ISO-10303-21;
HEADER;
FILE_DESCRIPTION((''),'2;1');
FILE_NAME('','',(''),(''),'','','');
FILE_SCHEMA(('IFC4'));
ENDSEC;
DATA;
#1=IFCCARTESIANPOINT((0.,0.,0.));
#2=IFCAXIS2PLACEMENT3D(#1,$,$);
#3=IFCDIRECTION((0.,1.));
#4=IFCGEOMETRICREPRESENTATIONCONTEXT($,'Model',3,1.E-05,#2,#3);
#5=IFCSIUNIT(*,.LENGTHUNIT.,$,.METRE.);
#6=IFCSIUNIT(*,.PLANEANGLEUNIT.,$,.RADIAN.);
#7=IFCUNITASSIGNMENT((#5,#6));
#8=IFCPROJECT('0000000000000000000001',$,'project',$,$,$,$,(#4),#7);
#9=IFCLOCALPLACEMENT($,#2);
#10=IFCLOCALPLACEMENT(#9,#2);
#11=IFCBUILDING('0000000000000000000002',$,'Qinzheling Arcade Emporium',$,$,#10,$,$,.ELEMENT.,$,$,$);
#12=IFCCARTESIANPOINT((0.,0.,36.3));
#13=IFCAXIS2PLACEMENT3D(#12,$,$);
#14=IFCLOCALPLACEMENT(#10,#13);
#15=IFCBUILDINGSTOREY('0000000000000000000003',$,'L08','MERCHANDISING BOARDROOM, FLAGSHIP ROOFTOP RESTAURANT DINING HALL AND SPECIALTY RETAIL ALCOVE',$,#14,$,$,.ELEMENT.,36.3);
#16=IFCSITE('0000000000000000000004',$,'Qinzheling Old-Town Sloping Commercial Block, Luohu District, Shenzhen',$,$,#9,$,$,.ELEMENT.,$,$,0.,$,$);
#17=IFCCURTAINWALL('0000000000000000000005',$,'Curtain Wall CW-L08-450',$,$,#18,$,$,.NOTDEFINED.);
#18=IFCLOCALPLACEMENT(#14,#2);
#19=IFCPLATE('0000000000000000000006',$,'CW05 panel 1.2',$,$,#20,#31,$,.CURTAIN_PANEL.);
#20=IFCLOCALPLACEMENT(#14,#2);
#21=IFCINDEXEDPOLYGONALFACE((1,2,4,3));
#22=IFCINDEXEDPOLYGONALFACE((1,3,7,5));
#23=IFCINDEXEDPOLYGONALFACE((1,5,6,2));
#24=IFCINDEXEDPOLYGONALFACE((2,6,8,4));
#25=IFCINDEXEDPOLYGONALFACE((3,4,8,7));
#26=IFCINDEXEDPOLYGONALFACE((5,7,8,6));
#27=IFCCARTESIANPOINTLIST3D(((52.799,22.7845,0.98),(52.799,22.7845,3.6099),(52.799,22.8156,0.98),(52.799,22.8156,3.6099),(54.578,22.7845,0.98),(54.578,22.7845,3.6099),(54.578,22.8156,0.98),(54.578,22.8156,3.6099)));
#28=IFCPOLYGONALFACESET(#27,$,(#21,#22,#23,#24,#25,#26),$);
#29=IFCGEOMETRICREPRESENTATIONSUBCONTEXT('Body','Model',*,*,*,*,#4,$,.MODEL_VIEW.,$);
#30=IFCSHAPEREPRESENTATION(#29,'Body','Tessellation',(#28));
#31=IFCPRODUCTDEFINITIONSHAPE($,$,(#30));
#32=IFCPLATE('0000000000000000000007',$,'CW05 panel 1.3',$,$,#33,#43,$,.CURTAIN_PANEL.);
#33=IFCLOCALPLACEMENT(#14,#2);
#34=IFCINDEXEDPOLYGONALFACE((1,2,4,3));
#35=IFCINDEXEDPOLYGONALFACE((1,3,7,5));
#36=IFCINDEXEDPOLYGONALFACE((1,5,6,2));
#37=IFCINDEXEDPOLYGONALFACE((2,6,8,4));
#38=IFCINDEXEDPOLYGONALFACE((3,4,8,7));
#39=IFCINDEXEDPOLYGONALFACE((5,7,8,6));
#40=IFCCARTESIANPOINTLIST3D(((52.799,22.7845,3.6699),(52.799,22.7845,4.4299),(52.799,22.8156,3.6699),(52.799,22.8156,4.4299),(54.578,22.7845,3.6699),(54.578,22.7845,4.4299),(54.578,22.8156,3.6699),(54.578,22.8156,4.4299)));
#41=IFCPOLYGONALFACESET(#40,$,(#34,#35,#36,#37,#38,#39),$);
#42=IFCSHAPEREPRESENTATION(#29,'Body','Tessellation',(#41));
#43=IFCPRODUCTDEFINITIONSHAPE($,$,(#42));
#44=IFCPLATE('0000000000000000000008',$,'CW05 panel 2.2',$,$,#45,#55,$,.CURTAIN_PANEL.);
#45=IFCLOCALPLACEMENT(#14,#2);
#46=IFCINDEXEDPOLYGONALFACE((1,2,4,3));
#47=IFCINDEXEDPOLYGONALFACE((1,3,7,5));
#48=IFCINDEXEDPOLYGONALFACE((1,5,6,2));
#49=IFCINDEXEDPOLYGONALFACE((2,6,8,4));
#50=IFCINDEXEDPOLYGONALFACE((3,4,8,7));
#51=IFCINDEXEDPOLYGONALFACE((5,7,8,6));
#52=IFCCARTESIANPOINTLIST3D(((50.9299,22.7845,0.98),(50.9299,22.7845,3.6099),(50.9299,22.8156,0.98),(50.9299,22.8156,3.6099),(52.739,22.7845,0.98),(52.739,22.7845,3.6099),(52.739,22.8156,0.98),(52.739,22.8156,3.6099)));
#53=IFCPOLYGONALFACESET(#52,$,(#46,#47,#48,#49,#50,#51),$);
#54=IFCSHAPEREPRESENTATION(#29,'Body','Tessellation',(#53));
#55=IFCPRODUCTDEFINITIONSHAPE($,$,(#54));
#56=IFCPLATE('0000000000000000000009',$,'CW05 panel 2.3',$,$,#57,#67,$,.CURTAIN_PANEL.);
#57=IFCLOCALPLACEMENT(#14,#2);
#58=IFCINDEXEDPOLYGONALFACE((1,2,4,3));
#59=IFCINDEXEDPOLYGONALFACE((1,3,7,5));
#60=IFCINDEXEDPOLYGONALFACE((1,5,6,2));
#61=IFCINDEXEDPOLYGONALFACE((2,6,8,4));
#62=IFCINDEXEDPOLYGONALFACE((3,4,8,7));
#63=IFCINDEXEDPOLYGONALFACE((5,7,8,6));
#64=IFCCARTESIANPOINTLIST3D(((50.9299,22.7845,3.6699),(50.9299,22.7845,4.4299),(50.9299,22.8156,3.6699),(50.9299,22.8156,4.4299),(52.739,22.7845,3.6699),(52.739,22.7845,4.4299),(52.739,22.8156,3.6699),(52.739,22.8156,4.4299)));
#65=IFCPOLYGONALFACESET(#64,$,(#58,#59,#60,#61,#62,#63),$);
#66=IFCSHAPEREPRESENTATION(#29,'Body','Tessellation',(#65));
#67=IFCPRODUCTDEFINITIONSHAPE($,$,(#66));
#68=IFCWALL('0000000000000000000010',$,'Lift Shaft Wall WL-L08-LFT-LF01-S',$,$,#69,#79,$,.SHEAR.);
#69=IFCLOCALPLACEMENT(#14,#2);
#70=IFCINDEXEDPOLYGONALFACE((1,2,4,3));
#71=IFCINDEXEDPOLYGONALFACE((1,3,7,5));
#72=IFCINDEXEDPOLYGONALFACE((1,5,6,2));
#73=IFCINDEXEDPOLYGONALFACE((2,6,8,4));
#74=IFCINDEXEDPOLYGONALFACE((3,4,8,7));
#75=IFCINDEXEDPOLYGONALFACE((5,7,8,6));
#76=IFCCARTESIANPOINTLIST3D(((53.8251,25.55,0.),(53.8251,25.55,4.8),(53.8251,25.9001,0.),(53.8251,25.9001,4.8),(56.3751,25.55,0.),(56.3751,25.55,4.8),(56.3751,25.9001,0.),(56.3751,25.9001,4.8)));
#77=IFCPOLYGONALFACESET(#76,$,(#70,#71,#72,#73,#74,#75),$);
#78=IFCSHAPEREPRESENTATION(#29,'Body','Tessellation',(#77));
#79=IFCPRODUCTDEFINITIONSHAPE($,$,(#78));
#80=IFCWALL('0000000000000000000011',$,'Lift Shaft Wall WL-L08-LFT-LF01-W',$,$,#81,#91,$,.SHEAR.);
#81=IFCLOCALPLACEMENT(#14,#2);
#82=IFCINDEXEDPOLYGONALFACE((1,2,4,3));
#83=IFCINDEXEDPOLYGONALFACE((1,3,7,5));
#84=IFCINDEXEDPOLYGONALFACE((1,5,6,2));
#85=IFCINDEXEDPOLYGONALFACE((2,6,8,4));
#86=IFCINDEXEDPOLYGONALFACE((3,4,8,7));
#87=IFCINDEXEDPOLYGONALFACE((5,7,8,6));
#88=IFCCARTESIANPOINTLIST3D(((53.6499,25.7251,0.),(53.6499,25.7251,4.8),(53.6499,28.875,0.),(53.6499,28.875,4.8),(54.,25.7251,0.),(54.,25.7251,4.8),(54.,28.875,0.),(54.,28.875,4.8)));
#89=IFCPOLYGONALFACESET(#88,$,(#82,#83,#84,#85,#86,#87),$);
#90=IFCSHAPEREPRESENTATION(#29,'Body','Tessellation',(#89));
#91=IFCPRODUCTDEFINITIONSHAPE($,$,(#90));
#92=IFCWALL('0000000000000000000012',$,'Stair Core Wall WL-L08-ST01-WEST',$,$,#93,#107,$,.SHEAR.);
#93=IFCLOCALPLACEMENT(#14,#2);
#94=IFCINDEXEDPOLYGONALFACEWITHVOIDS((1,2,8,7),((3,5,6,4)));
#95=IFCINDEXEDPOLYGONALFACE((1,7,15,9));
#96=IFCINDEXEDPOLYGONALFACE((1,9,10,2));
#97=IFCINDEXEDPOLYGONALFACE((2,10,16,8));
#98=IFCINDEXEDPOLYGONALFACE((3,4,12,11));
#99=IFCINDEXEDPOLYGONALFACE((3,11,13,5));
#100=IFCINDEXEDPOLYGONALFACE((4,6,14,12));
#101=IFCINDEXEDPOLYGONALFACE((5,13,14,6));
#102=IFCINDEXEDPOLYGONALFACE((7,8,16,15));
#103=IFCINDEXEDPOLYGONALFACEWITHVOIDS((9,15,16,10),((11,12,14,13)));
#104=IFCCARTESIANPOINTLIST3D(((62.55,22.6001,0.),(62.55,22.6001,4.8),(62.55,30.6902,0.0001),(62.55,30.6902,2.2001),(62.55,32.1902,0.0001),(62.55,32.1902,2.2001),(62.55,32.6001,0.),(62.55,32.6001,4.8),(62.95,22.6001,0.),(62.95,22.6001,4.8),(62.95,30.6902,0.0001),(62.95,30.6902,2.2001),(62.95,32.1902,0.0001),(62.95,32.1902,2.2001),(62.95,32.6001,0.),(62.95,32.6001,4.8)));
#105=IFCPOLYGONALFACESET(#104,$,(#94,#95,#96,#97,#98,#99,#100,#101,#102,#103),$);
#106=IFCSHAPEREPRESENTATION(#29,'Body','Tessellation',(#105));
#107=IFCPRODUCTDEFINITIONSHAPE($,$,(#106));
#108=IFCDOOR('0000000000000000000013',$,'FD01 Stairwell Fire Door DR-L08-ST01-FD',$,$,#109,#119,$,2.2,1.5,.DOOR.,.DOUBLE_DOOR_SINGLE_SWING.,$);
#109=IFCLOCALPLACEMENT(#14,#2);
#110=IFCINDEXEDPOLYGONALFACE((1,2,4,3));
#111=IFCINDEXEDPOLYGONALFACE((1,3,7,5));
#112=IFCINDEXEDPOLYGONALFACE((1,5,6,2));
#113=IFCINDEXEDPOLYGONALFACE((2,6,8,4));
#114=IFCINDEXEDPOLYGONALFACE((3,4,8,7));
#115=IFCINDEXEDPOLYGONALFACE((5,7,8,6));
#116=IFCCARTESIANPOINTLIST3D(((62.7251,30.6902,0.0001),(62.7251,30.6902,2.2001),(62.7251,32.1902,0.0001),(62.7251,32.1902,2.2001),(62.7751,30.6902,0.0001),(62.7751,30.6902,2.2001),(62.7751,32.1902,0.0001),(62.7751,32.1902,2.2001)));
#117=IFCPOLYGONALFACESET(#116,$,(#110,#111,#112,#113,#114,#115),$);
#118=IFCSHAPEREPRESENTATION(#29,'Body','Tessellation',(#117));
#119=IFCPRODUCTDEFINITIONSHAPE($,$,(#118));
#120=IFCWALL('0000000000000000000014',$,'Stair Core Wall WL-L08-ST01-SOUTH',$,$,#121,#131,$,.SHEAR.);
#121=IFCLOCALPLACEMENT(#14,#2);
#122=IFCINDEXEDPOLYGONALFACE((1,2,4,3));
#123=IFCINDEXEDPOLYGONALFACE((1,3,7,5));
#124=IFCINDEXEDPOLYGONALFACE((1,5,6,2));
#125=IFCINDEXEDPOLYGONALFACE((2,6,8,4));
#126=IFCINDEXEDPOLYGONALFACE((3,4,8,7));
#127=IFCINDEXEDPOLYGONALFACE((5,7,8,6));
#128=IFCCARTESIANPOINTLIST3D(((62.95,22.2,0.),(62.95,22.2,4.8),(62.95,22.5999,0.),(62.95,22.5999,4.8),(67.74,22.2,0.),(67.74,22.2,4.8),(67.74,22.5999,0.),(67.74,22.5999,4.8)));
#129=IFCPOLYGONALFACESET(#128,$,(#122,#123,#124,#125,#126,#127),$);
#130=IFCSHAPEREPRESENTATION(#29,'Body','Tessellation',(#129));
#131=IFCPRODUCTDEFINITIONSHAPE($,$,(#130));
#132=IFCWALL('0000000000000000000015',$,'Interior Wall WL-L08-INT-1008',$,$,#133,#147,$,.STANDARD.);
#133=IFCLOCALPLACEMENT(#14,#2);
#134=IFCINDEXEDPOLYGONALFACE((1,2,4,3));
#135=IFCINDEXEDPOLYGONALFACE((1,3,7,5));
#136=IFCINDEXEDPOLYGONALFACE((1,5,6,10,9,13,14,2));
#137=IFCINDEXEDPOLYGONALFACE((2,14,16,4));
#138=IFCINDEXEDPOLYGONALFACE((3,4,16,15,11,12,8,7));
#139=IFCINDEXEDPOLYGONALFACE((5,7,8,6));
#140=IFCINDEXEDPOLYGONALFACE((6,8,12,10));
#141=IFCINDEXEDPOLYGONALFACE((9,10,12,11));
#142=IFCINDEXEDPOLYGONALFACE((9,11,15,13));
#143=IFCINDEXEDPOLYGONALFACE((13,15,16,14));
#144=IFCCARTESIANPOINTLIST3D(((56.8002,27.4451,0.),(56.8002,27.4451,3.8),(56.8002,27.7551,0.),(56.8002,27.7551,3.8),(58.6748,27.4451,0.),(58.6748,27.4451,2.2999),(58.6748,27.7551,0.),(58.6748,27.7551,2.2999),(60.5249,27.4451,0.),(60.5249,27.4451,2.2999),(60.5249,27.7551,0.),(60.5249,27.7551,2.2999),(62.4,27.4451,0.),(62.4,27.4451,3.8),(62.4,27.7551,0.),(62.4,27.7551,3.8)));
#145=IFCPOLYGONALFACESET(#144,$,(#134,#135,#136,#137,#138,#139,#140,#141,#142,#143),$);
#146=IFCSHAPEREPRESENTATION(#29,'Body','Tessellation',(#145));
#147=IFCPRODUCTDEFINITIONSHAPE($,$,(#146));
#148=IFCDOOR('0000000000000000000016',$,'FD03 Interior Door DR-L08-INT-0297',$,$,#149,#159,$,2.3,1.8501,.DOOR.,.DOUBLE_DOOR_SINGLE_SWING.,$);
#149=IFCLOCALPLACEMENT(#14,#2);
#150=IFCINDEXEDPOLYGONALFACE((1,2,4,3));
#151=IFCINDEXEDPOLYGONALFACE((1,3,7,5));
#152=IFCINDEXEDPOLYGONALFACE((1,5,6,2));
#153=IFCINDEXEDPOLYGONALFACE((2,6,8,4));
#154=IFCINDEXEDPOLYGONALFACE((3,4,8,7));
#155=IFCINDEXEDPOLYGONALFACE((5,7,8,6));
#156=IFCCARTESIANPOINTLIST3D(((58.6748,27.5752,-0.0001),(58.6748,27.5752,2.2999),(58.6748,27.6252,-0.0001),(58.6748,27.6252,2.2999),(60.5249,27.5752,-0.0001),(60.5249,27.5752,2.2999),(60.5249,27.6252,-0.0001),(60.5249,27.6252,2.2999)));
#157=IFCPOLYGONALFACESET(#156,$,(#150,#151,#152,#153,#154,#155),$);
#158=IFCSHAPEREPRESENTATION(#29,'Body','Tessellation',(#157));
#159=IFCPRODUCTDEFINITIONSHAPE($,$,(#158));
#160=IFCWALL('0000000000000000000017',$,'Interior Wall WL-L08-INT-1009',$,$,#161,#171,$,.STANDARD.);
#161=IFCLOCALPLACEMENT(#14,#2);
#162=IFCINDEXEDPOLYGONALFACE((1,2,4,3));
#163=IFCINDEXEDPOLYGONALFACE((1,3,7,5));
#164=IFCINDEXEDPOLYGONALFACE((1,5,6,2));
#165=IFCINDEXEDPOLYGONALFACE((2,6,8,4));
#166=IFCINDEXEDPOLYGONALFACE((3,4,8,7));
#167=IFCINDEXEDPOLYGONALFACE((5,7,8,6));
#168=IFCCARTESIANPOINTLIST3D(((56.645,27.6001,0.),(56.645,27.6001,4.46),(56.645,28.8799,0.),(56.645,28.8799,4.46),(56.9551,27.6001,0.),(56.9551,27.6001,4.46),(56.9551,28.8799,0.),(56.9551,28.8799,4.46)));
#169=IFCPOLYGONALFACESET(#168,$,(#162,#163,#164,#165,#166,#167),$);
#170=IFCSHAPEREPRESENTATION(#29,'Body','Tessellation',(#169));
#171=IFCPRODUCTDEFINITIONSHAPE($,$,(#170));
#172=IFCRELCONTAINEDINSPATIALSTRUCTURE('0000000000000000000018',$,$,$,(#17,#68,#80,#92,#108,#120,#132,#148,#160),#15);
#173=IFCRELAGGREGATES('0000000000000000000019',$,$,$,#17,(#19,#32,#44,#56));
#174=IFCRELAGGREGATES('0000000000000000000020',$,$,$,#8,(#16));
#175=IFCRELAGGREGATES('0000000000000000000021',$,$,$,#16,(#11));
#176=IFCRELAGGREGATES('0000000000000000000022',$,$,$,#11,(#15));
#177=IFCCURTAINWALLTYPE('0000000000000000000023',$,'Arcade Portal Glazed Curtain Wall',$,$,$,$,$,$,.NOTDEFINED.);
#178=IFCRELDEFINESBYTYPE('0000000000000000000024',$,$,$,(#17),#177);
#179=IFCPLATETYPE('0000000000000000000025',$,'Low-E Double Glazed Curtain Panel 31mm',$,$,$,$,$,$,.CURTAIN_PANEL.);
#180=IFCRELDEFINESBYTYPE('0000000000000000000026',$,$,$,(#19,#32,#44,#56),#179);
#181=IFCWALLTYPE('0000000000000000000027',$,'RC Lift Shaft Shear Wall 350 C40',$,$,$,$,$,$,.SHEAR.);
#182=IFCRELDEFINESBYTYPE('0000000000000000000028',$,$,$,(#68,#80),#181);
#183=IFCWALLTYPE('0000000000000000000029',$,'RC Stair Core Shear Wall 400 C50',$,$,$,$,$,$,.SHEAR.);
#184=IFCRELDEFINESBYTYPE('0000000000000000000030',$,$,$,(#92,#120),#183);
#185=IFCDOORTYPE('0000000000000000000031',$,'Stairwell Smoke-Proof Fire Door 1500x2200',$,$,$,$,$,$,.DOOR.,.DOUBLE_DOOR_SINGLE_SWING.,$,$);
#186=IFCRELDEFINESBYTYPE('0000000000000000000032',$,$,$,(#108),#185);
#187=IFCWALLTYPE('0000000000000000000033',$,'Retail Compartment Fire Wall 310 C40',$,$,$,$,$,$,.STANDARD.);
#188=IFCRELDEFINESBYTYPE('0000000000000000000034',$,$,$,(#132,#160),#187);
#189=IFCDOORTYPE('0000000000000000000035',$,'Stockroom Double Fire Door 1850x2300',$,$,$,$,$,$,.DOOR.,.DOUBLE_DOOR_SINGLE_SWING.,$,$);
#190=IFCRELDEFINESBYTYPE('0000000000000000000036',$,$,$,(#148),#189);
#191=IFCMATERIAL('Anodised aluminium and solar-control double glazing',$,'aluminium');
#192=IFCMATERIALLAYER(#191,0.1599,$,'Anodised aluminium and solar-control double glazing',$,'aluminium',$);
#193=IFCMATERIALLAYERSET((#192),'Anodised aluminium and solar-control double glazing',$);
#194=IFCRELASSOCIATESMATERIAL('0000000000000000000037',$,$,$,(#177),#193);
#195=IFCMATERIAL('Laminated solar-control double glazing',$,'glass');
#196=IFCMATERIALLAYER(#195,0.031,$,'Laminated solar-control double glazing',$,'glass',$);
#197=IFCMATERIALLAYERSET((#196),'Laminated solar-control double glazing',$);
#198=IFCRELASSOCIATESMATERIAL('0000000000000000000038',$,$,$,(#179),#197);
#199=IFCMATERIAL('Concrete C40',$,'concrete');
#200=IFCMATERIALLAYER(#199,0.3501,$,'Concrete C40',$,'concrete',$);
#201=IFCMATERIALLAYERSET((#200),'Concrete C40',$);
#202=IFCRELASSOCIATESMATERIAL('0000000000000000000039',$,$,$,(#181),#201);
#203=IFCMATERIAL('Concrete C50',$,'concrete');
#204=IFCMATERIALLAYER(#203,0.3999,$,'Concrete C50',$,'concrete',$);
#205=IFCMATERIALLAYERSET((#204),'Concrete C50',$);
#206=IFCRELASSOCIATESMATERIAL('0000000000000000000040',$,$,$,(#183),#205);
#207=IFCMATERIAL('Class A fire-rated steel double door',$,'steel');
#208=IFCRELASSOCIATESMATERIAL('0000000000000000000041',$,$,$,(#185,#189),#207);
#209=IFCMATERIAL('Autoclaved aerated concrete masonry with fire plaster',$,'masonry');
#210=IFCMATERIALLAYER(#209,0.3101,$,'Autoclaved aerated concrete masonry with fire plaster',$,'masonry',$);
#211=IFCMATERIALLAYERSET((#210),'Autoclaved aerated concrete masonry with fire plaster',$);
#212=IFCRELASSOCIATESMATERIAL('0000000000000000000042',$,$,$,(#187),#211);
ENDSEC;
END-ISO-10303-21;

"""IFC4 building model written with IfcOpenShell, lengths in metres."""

from ifc_helpers import new_model, si_unit, direction, frame, frame_2d, origin, origin_2d, place, context, subcontext, project, spatial, rectangle, extrude, material, layer, layer_set, type_object, element, fill, aggregate, save


model = new_model("IFC4")

# Units and contexts
model_context = context("Model", 3, precision=1e-05, world=origin(), true_north=direction((0.0, 1.0)))
body_context = subcontext(model_context, "Body", "Model", "MODEL_VIEW")
ifc_project = project(units=[si_unit("LENGTHUNIT", "METRE"), si_unit("PLANEANGLEUNIT", "RADIAN")], contexts=[model_context])

# Site, building, storey
site_placement = place(None, origin())
site = spatial("IfcSite", under=ifc_project, at=site_placement, Name="Qinzheling Old-Town Sloping Commercial Block, Luohu District, Shenzhen", CompositionType="ELEMENT", RefElevation=0.0)
building_placement = place(site_placement, origin())
building = spatial("IfcBuilding", under=site, at=building_placement, Name="Qinzheling Arcade Emporium", CompositionType="ELEMENT")
storey_placement = place(building_placement, frame((0.0, 0.0, 36.3)))
storey = spatial("IfcBuildingStorey", under=building, at=storey_placement, Name="L08", Description="MERCHANDISING BOARDROOM, FLAGSHIP ROOFTOP RESTAURANT DINING HALL AND SPECIALTY RETAIL ALCOVE", CompositionType="ELEMENT", Elevation=36.3)

# Shared definitions
ifc_material_1 = material(Name="Concrete C40", Category="concrete")

# Curtain wall
ifc_material_2 = material(Name="Anodised aluminium and solar-control double glazing", Category="aluminium")
ifc_layer_1 = layer(ifc_material_2, 0.1599, Name="Anodised aluminium and solar-control double glazing", Category="aluminium")
ifc_layer_set_1 = layer_set([ifc_layer_1], Name="Anodised aluminium and solar-control double glazing")
curtain_wall_type = type_object("IfcCurtainWallType", Name="Arcade Portal Glazed Curtain Wall", PredefinedType="NOTDEFINED", material=ifc_layer_set_1)
curtain_wall_placement = place(storey_placement, origin())
curtain_wall = element("IfcCurtainWall", 1, at=curtain_wall_placement, inside=storey, type_object=curtain_wall_type, Name="Curtain Wall CW-L08-450", PredefinedType="NOTDEFINED")

# Plates
ifc_material_3 = material(Name="Laminated solar-control double glazing", Category="glass")
ifc_layer_2 = layer(ifc_material_3, 0.031, Name="Laminated solar-control double glazing", Category="glass")
ifc_layer_set_2 = layer_set([ifc_layer_2], Name="Laminated solar-control double glazing")
plate_type = type_object("IfcPlateType", Name="Low-E Double Glazed Curtain Panel 31mm", PredefinedType="CURTAIN_PANEL", material=ifc_layer_set_2)
plate_1_placement = place(storey_placement, frame((53.6885, 22.8, 0.98), z_axis=(0.0, 0.0, 1.0), x_axis=(-1.0, 0.0, 0.0)))
plate_1 = element("IfcPlate", 2, at=plate_1_placement, type_object=plate_type, Name="CW05 panel 1.2", PredefinedType="CURTAIN_PANEL", context=body_context, shape_type="SweptSolid", body=[
    extrude(rectangle(XDim=1.7791, YDim=0.031, at=origin_2d()), origin(), (0.0, 0.0, 1.0), 2.6299),
])
plate_2_placement = place(storey_placement, frame((53.6885, 22.8, 3.6699), z_axis=(0.0, 0.0, 1.0), x_axis=(-1.0, 0.0, 0.0)))
plate_2 = element("IfcPlate", 3, at=plate_2_placement, type_object=plate_type, Name="CW05 panel 1.3", PredefinedType="CURTAIN_PANEL", context=body_context, shape_type="SweptSolid", body=[
    extrude(rectangle(XDim=1.7791, YDim=0.031, at=origin_2d()), origin(), (0.0, 0.0, 1.0), 0.76),
])
plate_3_placement = place(storey_placement, frame((51.8345, 22.8, 0.98), z_axis=(0.0, 0.0, 1.0), x_axis=(-1.0, 0.0, 0.0)))
plate_3 = element("IfcPlate", 4, at=plate_3_placement, type_object=plate_type, Name="CW05 panel 2.2", PredefinedType="CURTAIN_PANEL", context=body_context, shape_type="SweptSolid", body=[
    extrude(rectangle(XDim=1.8091, YDim=0.031, at=origin_2d()), origin(), (0.0, 0.0, 1.0), 2.6299),
])
plate_4_placement = place(storey_placement, frame((51.8345, 22.8, 3.6699), z_axis=(0.0, 0.0, 1.0), x_axis=(-1.0, 0.0, 0.0)))
plate_4 = element("IfcPlate", 5, at=plate_4_placement, type_object=plate_type, Name="CW05 panel 2.3", PredefinedType="CURTAIN_PANEL", context=body_context, shape_type="SweptSolid", body=[
    extrude(rectangle(XDim=1.8091, YDim=0.031, at=origin_2d()), origin(), (0.0, 0.0, 1.0), 0.76),
])
aggregate(curtain_wall, [plate_1, plate_2, plate_3, plate_4])

# Walls
ifc_layer_3 = layer(ifc_material_1, 0.3501, Name="Concrete C40", Category="concrete")
ifc_layer_set_3 = layer_set([ifc_layer_3], Name="Concrete C40")
wall_type_1 = type_object("IfcWallType", Name="RC Lift Shaft Shear Wall 350 C40", PredefinedType="SHEAR", material=ifc_layer_set_3)
wall_1_placement = place(storey_placement, frame((56.375, 25.7251, 0.0), z_axis=(0.0, 0.0, 1.0), x_axis=(-1.0, 0.0, 0.0)))
element("IfcWall", 6, at=wall_1_placement, inside=storey, type_object=wall_type_1, Name="Lift Shaft Wall WL-L08-LFT-LF01-S", PredefinedType="SHEAR", context=body_context, shape_type="SweptSolid", body=[
    extrude(rectangle(XDim=2.55, YDim=0.3501, at=frame_2d((1.2749, 0.0))), origin(), (0.0, 0.0, 1.0), 4.8),
])
wall_2_placement = place(storey_placement, frame((53.825, 25.7251, 0.0), z_axis=(0.0, 0.0, 1.0), x_axis=(0.0, 1.0, 0.0)))
element("IfcWall", 7, at=wall_2_placement, inside=storey, type_object=wall_type_1, Name="Lift Shaft Wall WL-L08-LFT-LF01-W", PredefinedType="SHEAR", context=body_context, shape_type="SweptSolid", body=[
    extrude(rectangle(XDim=3.1499, YDim=0.3501, at=frame_2d((1.575, 0.0))), origin(), (0.0, 0.0, 1.0), 4.8),
])

# Wall, opening, door
ifc_material_4 = material(Name="Concrete C50", Category="concrete")
ifc_layer_4 = layer(ifc_material_4, 0.3999, Name="Concrete C50", Category="concrete")
ifc_layer_set_4 = layer_set([ifc_layer_4], Name="Concrete C50")
wall_type_2 = type_object("IfcWallType", Name="RC Stair Core Shear Wall 400 C50", PredefinedType="SHEAR", material=ifc_layer_set_4)
wall_3_placement = place(storey_placement, frame((62.75, 22.6001, 0.0), z_axis=(0.0, 0.0, 1.0), x_axis=(0.0, 1.0, 0.0)))
wall_3 = element("IfcWall", 8, at=wall_3_placement, inside=storey, type_object=wall_type_2, Name="Stair Core Wall WL-L08-ST01-WEST", PredefinedType="SHEAR", context=body_context, shape_type="SweptSolid", body=[
    extrude(rectangle(XDim=10.0, YDim=0.3999, at=frame_2d((5.0, 0.0))), origin(), (0.0, 0.0, 1.0), 4.8),
])
opening_1_placement = place(wall_3_placement, frame((8.0901, 0.0, 0.0)))
opening_1 = element("IfcOpeningElement", 9, at=opening_1_placement, cuts=wall_3, PredefinedType="OPENING", context=body_context, shape_type="SweptSolid", body=[
    extrude(rectangle(XDim=1.5, YDim=2.2, at=frame_2d((0.75, 1.1001))), frame((0.0, 0.21, 0.0), z_axis=(0.0, -1.0, 0.0), x_axis=(1.0, 0.0, 0.0)), (0.0, 0.0, 1.0), 0.4199),
])
ifc_material_5 = material(Name="Class A fire-rated steel double door", Category="steel")
door_type_1 = type_object("IfcDoorType", Name="Stairwell Smoke-Proof Fire Door 1500x2200", OperationType="DOUBLE_DOOR_SINGLE_SWING", PredefinedType="DOOR", material=ifc_material_5)
door_1_placement = place(opening_1_placement, origin())
door_1 = element("IfcDoor", 10, at=door_1_placement, inside=storey, type_object=door_type_1, Name="FD01 Stairwell Fire Door DR-L08-ST01-FD", OperationType="DOUBLE_DOOR_SINGLE_SWING", OverallHeight=2.2, OverallWidth=1.5, PredefinedType="DOOR", context=body_context, shape_type="SweptSolid", body=[
    extrude(rectangle(XDim=1.5, YDim=2.2, at=frame_2d((0.75, 1.1001))), frame((0.0, 0.0249, 0.0), z_axis=(0.0, -1.0, 0.0), x_axis=(1.0, 0.0, 0.0)), (0.0, 0.0, 1.0), 0.05),
])
fill(opening_1, door_1)

# Wall
wall_4_placement = place(storey_placement, frame((67.74, 22.3999, 0.0), z_axis=(0.0, 0.0, 1.0), x_axis=(-1.0, 0.0, 0.0)))
element("IfcWall", 11, at=wall_4_placement, inside=storey, type_object=wall_type_2, Name="Stair Core Wall WL-L08-ST01-SOUTH", PredefinedType="SHEAR", context=body_context, shape_type="SweptSolid", body=[
    extrude(rectangle(XDim=4.79, YDim=0.3999, at=frame_2d((2.395, 0.0))), origin(), (0.0, 0.0, 1.0), 4.8),
])

# Wall, opening, door
ifc_material_6 = material(Name="Autoclaved aerated concrete masonry with fire plaster", Category="masonry")
ifc_layer_5 = layer(ifc_material_6, 0.3101, Name="Autoclaved aerated concrete masonry with fire plaster", Category="masonry")
ifc_layer_set_5 = layer_set([ifc_layer_5], Name="Autoclaved aerated concrete masonry with fire plaster")
wall_type_3 = type_object("IfcWallType", Name="Retail Compartment Fire Wall 310 C40", PredefinedType="STANDARD", material=ifc_layer_set_5)
wall_5_placement = place(storey_placement, frame((62.3999, 27.6001, 0.0), z_axis=(0.0, 0.0, 1.0), x_axis=(-1.0, 0.0, 0.0)))
wall_5 = element("IfcWall", 12, at=wall_5_placement, inside=storey, type_object=wall_type_3, Name="Interior Wall WL-L08-INT-1008", PredefinedType="STANDARD", context=body_context, shape_type="SweptSolid", body=[
    extrude(rectangle(XDim=5.5999, YDim=0.3101, at=frame_2d((2.7998, 0.0))), origin(), (0.0, 0.0, 1.0), 3.8),
])
opening_2_placement = place(wall_5_placement, frame((1.875, 0.0, 0.0)))
opening_2 = element("IfcOpeningElement", 13, at=opening_2_placement, cuts=wall_5, PredefinedType="OPENING", context=body_context, shape_type="SweptSolid", body=[
    extrude(rectangle(XDim=1.8501, YDim=2.3, at=frame_2d((0.925, 1.1499))), frame((0.0, 0.165, 0.0), z_axis=(0.0, -1.0, 0.0), x_axis=(1.0, 0.0, 0.0)), (0.0, 0.0, 1.0), 0.3301),
])
door_type_2 = type_object("IfcDoorType", Name="Stockroom Double Fire Door 1850x2300", OperationType="DOUBLE_DOOR_SINGLE_SWING", PredefinedType="DOOR", material=ifc_material_5)
door_2_placement = place(opening_2_placement, origin())
door_2 = element("IfcDoor", 14, at=door_2_placement, inside=storey, type_object=door_type_2, Name="FD03 Interior Door DR-L08-INT-0297", OperationType="DOUBLE_DOOR_SINGLE_SWING", OverallHeight=2.3, OverallWidth=1.8501, PredefinedType="DOOR", context=body_context, shape_type="SweptSolid", body=[
    extrude(rectangle(XDim=1.8501, YDim=2.3, at=frame_2d((0.925, 1.1499))), frame((0.0, 0.0249, 0.0), z_axis=(0.0, -1.0, 0.0), x_axis=(1.0, 0.0, 0.0)), (0.0, 0.0, 1.0), 0.05),
])
fill(opening_2, door_2)

# Wall
wall_6_placement = place(storey_placement, frame((56.8, 27.6001, 0.0), z_axis=(0.0, 0.0, 1.0), x_axis=(0.0, 1.0, 0.0)))
element("IfcWall", 15, at=wall_6_placement, inside=storey, type_object=wall_type_3, Name="Interior Wall WL-L08-INT-1009", PredefinedType="STANDARD", context=body_context, shape_type="SweptSolid", body=[
    extrude(rectangle(XDim=1.2798, YDim=0.3101, at=frame_2d((0.6399, 0.0))), origin(), (0.0, 0.0, 1.0), 4.46),
])

save(model, "model.ifc")
